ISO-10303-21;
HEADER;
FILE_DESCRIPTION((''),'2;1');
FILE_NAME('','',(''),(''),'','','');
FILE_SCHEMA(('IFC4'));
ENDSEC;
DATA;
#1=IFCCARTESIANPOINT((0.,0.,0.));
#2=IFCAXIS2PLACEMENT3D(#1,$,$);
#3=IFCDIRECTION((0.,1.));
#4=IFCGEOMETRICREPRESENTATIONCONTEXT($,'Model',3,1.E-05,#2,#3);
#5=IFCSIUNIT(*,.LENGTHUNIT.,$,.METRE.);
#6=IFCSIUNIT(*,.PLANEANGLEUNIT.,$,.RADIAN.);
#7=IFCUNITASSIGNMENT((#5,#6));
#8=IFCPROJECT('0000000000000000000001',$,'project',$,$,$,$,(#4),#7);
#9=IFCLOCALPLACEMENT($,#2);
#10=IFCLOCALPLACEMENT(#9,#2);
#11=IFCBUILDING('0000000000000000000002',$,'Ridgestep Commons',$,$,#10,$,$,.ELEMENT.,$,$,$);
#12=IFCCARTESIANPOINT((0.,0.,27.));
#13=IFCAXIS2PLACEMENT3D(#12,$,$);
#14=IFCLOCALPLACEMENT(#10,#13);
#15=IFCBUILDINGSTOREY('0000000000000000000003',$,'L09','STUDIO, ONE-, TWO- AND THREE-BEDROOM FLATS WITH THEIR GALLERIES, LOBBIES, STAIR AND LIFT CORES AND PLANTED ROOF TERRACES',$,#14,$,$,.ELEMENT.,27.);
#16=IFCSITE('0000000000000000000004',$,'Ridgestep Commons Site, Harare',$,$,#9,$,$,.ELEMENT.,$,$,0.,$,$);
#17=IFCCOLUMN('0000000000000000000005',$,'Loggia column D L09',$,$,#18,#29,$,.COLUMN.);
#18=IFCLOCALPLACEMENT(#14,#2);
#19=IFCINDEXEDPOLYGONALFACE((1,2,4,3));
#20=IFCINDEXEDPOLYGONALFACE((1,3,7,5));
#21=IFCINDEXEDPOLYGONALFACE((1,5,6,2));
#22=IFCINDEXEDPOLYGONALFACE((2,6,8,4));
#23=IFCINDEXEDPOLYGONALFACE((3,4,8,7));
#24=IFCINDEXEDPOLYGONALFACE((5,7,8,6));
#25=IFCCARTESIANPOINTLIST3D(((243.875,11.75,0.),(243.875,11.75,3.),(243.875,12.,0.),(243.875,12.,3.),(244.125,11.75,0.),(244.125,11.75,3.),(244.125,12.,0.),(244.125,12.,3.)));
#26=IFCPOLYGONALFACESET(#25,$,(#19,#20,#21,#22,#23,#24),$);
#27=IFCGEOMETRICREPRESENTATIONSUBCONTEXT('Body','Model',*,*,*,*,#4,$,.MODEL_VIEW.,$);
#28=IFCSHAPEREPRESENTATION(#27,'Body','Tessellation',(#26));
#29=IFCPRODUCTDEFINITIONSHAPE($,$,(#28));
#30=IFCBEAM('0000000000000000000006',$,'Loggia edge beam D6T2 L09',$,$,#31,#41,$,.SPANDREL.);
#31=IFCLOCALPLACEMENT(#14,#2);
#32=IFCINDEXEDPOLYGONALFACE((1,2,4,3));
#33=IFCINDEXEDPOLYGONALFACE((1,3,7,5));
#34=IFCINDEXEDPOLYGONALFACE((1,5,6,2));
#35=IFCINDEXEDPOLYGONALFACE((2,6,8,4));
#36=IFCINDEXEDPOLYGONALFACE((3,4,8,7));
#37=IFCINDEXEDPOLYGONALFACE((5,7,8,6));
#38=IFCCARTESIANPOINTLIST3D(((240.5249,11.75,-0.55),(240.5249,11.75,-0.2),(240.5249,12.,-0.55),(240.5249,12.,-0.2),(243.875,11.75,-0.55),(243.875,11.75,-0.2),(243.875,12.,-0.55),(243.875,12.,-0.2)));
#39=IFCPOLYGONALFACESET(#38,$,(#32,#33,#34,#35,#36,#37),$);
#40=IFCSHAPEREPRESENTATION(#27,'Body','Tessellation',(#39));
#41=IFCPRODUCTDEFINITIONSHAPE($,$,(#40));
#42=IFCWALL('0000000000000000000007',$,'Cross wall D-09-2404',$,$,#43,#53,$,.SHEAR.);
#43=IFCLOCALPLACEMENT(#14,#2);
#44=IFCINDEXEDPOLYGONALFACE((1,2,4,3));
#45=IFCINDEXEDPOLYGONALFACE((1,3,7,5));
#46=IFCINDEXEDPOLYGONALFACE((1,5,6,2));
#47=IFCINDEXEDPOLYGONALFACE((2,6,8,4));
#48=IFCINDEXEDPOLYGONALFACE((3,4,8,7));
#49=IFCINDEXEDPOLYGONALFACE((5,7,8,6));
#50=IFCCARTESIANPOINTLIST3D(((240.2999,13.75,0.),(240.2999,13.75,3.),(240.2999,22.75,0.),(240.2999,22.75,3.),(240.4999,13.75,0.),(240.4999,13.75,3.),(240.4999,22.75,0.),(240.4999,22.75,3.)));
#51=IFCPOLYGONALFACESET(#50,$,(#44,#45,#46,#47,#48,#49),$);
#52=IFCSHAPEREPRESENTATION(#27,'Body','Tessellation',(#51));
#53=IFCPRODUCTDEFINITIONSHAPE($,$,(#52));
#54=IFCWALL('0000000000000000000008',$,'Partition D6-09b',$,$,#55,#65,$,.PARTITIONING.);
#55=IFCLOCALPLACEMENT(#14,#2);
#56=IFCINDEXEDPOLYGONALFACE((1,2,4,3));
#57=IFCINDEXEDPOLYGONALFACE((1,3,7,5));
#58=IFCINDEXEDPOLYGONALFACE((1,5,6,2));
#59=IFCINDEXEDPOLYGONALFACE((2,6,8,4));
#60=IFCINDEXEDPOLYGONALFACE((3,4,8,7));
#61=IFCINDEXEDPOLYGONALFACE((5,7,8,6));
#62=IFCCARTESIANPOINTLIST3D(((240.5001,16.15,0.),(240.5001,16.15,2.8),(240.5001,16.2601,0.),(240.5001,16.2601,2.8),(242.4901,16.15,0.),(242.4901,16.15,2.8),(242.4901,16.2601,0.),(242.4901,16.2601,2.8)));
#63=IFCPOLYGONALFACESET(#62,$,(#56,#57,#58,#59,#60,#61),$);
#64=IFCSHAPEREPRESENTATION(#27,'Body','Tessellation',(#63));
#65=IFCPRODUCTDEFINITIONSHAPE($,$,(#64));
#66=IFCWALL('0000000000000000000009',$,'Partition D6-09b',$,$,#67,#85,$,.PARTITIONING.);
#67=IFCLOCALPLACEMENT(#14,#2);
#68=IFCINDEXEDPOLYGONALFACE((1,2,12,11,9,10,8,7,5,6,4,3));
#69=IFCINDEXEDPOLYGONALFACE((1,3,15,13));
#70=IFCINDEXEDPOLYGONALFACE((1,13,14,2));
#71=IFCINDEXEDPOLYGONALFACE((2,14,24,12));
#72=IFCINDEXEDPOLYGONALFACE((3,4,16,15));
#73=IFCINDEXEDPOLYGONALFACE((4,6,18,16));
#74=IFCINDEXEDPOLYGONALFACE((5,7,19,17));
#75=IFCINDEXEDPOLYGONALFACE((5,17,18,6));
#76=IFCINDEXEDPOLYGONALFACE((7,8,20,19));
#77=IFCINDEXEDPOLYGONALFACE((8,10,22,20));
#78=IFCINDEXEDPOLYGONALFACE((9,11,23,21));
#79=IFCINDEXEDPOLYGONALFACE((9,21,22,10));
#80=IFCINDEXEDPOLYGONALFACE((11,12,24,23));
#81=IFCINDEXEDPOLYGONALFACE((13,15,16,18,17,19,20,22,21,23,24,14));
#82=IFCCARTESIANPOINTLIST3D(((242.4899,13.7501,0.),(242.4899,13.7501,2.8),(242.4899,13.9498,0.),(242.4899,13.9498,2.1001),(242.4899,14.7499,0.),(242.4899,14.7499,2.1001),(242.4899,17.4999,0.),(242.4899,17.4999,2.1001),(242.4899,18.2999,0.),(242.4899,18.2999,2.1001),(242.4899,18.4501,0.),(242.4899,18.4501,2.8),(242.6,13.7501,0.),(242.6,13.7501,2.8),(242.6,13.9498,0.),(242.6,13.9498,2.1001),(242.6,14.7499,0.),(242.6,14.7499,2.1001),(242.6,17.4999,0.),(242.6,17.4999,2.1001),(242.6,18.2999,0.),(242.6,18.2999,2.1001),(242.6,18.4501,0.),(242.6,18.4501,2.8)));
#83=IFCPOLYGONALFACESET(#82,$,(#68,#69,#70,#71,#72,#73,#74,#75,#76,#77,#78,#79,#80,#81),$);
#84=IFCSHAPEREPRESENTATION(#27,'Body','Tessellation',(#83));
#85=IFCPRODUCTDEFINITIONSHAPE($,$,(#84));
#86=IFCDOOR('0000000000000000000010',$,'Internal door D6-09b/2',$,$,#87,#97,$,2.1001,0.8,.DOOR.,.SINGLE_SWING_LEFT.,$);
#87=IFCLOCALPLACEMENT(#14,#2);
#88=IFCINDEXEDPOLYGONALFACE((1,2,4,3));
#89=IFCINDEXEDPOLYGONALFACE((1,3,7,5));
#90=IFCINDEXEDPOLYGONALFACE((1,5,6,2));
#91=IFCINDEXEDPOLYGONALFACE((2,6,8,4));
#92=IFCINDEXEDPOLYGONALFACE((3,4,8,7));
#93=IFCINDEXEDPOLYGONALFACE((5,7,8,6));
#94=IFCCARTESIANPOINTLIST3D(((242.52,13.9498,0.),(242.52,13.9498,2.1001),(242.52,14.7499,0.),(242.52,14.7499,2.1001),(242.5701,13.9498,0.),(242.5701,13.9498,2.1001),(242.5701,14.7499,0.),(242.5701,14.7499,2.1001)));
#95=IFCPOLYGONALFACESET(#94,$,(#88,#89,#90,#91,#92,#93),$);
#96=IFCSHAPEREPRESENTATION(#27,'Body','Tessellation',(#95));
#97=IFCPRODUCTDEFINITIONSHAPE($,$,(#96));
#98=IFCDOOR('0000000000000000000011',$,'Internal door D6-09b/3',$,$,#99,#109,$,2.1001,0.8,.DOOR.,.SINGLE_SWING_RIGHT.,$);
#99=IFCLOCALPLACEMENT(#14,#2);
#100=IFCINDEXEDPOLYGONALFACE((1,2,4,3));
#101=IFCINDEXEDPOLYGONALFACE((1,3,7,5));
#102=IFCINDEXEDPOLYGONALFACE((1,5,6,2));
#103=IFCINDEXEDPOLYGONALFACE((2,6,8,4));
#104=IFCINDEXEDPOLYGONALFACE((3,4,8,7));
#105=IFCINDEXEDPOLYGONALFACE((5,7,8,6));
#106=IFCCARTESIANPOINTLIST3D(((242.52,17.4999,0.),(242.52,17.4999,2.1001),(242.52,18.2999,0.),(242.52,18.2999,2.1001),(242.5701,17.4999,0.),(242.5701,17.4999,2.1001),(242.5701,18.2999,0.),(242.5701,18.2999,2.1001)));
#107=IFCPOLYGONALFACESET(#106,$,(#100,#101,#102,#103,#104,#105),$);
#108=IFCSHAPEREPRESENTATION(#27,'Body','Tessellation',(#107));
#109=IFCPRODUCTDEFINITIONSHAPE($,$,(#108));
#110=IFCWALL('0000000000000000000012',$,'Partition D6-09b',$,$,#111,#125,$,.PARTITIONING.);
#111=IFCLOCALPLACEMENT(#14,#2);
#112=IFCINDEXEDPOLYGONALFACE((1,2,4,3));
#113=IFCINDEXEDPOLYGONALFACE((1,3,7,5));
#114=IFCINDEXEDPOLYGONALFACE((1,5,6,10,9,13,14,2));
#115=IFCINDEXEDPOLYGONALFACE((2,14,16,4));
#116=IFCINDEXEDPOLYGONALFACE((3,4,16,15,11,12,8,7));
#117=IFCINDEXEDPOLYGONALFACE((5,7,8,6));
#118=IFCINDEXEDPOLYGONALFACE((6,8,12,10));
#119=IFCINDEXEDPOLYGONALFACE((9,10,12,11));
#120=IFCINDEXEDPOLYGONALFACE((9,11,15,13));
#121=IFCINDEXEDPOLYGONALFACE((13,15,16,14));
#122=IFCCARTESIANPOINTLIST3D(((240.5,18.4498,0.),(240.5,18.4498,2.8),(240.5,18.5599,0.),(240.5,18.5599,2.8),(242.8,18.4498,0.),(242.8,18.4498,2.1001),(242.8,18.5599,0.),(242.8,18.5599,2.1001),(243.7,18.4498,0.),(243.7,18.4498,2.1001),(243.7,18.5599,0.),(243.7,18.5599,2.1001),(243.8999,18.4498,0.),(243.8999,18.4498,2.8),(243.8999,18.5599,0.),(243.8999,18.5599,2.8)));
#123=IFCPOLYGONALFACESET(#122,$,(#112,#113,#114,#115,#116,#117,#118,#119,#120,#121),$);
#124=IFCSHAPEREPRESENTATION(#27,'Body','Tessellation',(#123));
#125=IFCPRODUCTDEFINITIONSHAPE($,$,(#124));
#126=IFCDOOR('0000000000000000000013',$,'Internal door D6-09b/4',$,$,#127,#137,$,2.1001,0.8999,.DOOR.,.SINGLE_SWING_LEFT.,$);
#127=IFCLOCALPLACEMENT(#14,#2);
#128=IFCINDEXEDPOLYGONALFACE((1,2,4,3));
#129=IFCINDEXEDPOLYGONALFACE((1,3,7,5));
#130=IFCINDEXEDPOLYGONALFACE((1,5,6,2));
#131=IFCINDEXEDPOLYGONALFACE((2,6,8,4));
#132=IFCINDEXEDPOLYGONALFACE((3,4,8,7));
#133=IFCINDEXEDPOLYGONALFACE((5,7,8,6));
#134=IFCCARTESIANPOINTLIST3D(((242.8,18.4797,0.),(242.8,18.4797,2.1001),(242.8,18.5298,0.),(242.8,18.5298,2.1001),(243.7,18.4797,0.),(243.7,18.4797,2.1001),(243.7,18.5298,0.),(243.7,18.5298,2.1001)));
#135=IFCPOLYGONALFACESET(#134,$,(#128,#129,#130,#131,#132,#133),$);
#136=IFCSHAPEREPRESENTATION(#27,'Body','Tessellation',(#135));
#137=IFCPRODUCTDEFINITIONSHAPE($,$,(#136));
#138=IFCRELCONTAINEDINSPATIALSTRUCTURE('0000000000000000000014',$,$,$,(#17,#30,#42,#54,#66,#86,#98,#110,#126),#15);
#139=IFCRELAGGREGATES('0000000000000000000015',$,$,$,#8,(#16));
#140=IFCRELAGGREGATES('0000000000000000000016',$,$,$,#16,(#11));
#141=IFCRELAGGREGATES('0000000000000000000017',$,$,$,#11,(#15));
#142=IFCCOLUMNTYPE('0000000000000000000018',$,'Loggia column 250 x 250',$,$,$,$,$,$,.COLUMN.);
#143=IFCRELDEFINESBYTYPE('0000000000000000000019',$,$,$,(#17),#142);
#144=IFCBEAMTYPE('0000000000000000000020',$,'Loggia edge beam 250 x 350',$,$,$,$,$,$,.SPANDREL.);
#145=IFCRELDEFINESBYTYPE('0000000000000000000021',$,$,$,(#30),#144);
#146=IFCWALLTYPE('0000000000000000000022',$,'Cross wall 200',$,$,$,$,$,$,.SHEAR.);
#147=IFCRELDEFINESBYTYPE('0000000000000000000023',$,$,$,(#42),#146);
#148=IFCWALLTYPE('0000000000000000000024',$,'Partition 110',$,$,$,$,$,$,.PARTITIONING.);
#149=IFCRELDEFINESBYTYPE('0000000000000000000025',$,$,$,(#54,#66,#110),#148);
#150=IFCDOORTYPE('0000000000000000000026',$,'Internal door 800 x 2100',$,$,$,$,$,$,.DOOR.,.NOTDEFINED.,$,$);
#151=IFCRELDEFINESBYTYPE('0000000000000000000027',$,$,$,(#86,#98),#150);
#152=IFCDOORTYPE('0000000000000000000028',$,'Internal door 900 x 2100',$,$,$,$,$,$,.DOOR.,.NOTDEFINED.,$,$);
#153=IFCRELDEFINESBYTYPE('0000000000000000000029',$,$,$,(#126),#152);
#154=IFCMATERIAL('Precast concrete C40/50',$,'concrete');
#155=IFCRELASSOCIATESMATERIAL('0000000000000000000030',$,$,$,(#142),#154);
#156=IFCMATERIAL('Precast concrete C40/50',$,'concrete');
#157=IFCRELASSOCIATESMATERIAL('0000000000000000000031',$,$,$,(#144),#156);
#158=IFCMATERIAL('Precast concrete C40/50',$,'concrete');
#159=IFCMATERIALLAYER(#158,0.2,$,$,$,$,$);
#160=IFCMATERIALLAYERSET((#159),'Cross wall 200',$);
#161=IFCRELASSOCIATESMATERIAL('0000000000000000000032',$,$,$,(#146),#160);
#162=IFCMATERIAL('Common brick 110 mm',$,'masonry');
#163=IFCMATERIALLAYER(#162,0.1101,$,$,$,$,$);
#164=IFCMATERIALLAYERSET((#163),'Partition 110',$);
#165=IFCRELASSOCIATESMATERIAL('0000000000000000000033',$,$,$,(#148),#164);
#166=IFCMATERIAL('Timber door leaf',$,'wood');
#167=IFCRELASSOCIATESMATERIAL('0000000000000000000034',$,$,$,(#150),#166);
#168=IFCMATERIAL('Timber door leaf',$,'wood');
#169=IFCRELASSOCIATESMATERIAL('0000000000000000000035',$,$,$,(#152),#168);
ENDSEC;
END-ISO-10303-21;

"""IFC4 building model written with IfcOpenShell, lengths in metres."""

from ifc_helpers import new_model, si_unit, direction, frame, frame_2d, origin, origin_2d, place, context, subcontext, project, spatial, rectangle, extrude, material, layer, layer_set, material_profile, profile_set, type_object, element, fill, save


model = new_model("IFC4")

# Units and contexts
model_context = context("Model", 3, precision=1e-05, world=origin(), true_north=direction((0.0, 1.0)))
body_context = subcontext(model_context, "Body", "Model", "MODEL_VIEW")
ifc_project = project(units=[si_unit("LENGTHUNIT", "METRE"), si_unit("PLANEANGLEUNIT", "RADIAN")], contexts=[model_context])

# Site, building, storey
site_placement = place(None, origin())
site = spatial("IfcSite", under=ifc_project, at=site_placement, Name="Ridgestep Commons Site, Harare", CompositionType="ELEMENT", RefElevation=0.0)
building_placement = place(site_placement, origin())
building = spatial("IfcBuilding", under=site, at=building_placement, Name="Ridgestep Commons", CompositionType="ELEMENT")
storey_placement = place(building_placement, frame((0.0, 0.0, 27.0)))
storey = spatial("IfcBuildingStorey", under=building, at=storey_placement, Name="L09", Description="STUDIO, ONE-, TWO- AND THREE-BEDROOM FLATS WITH THEIR GALLERIES, LOBBIES, STAIR AND LIFT CORES AND PLANTED ROOF TERRACES", CompositionType="ELEMENT", Elevation=27.0)

# Column
ifc_material_1 = material(Name="Precast concrete C40/50", Category="concrete")
ifc_material_profile_1 = material_profile(ifc_material_1, rectangle(XDim=0.25, YDim=0.25, at=origin_2d()), Name="PC 250x250")
ifc_profile_set_1 = profile_set([ifc_material_profile_1], Name="Precast concrete C40/50")
column_type = type_object("IfcColumnType", Name="Loggia column 250 x 250", PredefinedType="COLUMN", material=ifc_profile_set_1)
column_placement = place(storey_placement, frame((244.0, 11.875, 0.0), z_axis=(0.0, 0.0, 1.0), x_axis=(1.0, 0.0, 0.0)))
element("IfcColumn", 1, at=column_placement, inside=storey, type_object=column_type, Name="Loggia column D L09", PredefinedType="COLUMN", context=body_context, shape_type="SweptSolid", body=[
    extrude(rectangle(XDim=0.25, YDim=0.25, at=origin_2d()), origin(), (0.0, 0.0, 1.0), 3.0),
])

# Beam
ifc_material_2 = material(Name="Precast concrete C40/50", Category="concrete")
ifc_material_profile_2 = material_profile(ifc_material_2, rectangle(XDim=0.25, YDim=0.3501, at=origin_2d()), Name="PC 250x350")
ifc_profile_set_2 = profile_set([ifc_material_profile_2], Name="Precast concrete C40/50")
beam_type = type_object("IfcBeamType", Name="Loggia edge beam 250 x 350", PredefinedType="SPANDREL", material=ifc_profile_set_2)
beam_placement = place(storey_placement, frame((240.5249, 11.875, -0.375), z_axis=(1.0, 0.0, 0.0), x_axis=(0.0, 1.0, 0.0)))
element("IfcBeam", 2, at=beam_placement, inside=storey, type_object=beam_type, Name="Loggia edge beam D6T2 L09", PredefinedType="SPANDREL", context=body_context, shape_type="SweptSolid", body=[
    extrude(rectangle(XDim=0.25, YDim=0.3501, at=origin_2d()), origin(), (0.0, 0.0, 1.0), 3.3501),
])

# Walls
ifc_material_3 = material(Name="Precast concrete C40/50", Category="concrete")
ifc_layer_1 = layer(ifc_material_3, 0.2)
ifc_layer_set_1 = layer_set([ifc_layer_1], Name="Cross wall 200")
wall_type_1 = type_object("IfcWallType", Name="Cross wall 200", PredefinedType="SHEAR", material=ifc_layer_set_1)
wall_1_placement = place(storey_placement, frame((240.3999, 13.75, 0.0), z_axis=(0.0, 0.0, 1.0), x_axis=(0.0, 1.0, 0.0)))
element("IfcWall", 3, at=wall_1_placement, inside=storey, type_object=wall_type_1, Name="Cross wall D-09-2404", PredefinedType="SHEAR", context=body_context, shape_type="SweptSolid", body=[
    extrude(rectangle(XDim=9.0, YDim=0.2, at=frame_2d((4.5, 0.0))), origin(), (0.0, 0.0, 1.0), 3.0),
])
ifc_material_4 = material(Name="Common brick 110 mm", Category="masonry")
ifc_layer_2 = layer(ifc_material_4, 0.1101)
ifc_layer_set_2 = layer_set([ifc_layer_2], Name="Partition 110")
wall_type_2 = type_object("IfcWallType", Name="Partition 110", PredefinedType="PARTITIONING", material=ifc_layer_set_2)
wall_2_placement = place(storey_placement, frame((240.5, 16.2051, 0.0), z_axis=(0.0, 0.0, 1.0), x_axis=(1.0, 0.0, 0.0)))
element("IfcWall", 4, at=wall_2_placement, inside=storey, type_object=wall_type_2, Name="Partition D6-09b", PredefinedType="PARTITIONING", context=body_context, shape_type="SweptSolid", body=[
    extrude(rectangle(XDim=1.99, YDim=0.1101, at=frame_2d((0.9951, 0.0))), origin(), (0.0, 0.0, 1.0), 2.8),
])

# Wall, openings, doors
wall_3_placement = place(storey_placement, frame((242.5449, 13.75, 0.0), z_axis=(0.0, 0.0, 1.0), x_axis=(0.0, 1.0, 0.0)))
wall_3 = element("IfcWall", 5, at=wall_3_placement, inside=storey, type_object=wall_type_2, Name="Partition D6-09b", PredefinedType="PARTITIONING", context=body_context, shape_type="SweptSolid", body=[
    extrude(rectangle(XDim=4.7, YDim=0.1101, at=frame_2d((2.3501, 0.0))), origin(), (0.0, 0.0, 1.0), 2.8),
])
opening_1_placement = place(wall_3_placement, frame((0.2, 0.0, 0.0)))
opening_1 = element("IfcOpeningElement", 6, at=opening_1_placement, cuts=wall_3, PredefinedType="OPENING", context=body_context, shape_type="SweptSolid", body=[
    extrude(rectangle(XDim=0.8, YDim=2.1001, at=frame_2d((0.3999, 1.05))), frame((0.0, 0.0649, 0.0), z_axis=(0.0, -1.0, 0.0), x_axis=(1.0, 0.0, 0.0)), (0.0, 0.0, 1.0), 0.1301),
])
opening_2_placement = place(wall_3_placement, frame((3.75, 0.0, 0.0)))
opening_2 = element("IfcOpeningElement", 7, at=opening_2_placement, cuts=wall_3, PredefinedType="OPENING", context=body_context, shape_type="SweptSolid", body=[
    extrude(rectangle(XDim=0.8, YDim=2.1001, at=frame_2d((0.3999, 1.05))), frame((0.0, 0.0649, 0.0), z_axis=(0.0, -1.0, 0.0), x_axis=(1.0, 0.0, 0.0)), (0.0, 0.0, 1.0), 0.1301),
])
ifc_material_5 = material(Name="Timber door leaf", Category="wood")
door_type_1 = type_object("IfcDoorType", Name="Internal door 800 x 2100", OperationType="NOTDEFINED", PredefinedType="DOOR", material=ifc_material_5)
door_1_placement = place(opening_1_placement, origin())
door_1 = element("IfcDoor", 8, at=door_1_placement, inside=storey, type_object=door_type_1, Name="Internal door D6-09b/2", OperationType="SINGLE_SWING_LEFT", OverallHeight=2.1001, OverallWidth=0.8, PredefinedType="DOOR", context=body_context, shape_type="SweptSolid", body=[
    extrude(rectangle(XDim=0.8, YDim=2.1001, at=frame_2d((0.3999, 1.05))), frame((0.0, 0.0249, 0.0), z_axis=(0.0, -1.0, 0.0), x_axis=(1.0, 0.0, 0.0)), (0.0, 0.0, 1.0), 0.05),
])
fill(opening_1, door_1)
door_2_placement = place(opening_2_placement, origin())
door_2 = element("IfcDoor", 9, at=door_2_placement, inside=storey, type_object=door_type_1, Name="Internal door D6-09b/3", OperationType="SINGLE_SWING_RIGHT", OverallHeight=2.1001, OverallWidth=0.8, PredefinedType="DOOR", context=body_context, shape_type="SweptSolid", body=[
    extrude(rectangle(XDim=0.8, YDim=2.1001, at=frame_2d((0.3999, 1.05))), frame((0.0, 0.0249, 0.0), z_axis=(0.0, -1.0, 0.0), x_axis=(1.0, 0.0, 0.0)), (0.0, 0.0, 1.0), 0.05),
])
fill(opening_2, door_2)

# Wall, opening, door
wall_4_placement = place(storey_placement, frame((240.5, 18.5049, 0.0), z_axis=(0.0, 0.0, 1.0), x_axis=(1.0, 0.0, 0.0)))
wall_4 = element("IfcWall", 10, at=wall_4_placement, inside=storey, type_object=wall_type_2, Name="Partition D6-09b", PredefinedType="PARTITIONING", context=body_context, shape_type="SweptSolid", body=[
    extrude(rectangle(XDim=3.3999, YDim=0.1101, at=frame_2d((1.7, 0.0))), origin(), (0.0, 0.0, 1.0), 2.8),
])
opening_3_placement = place(wall_4_placement, frame((2.3, 0.0, 0.0)))
opening_3 = element("IfcOpeningElement", 11, at=opening_3_placement, cuts=wall_4, PredefinedType="OPENING", context=body_context, shape_type="SweptSolid", body=[
    extrude(rectangle(XDim=0.8999, YDim=2.1001, at=frame_2d((0.45, 1.05))), frame((0.0, 0.0649, 0.0), z_axis=(0.0, -1.0, 0.0), x_axis=(1.0, 0.0, 0.0)), (0.0, 0.0, 1.0), 0.1301),
])
ifc_material_6 = material(Name="Timber door leaf", Category="wood")
door_type_2 = type_object("IfcDoorType", Name="Internal door 900 x 2100", OperationType="NOTDEFINED", PredefinedType="DOOR", material=ifc_material_6)
door_3_placement = place(opening_3_placement, origin())
door_3 = element("IfcDoor", 12, at=door_3_placement, inside=storey, type_object=door_type_2, Name="Internal door D6-09b/4", OperationType="SINGLE_SWING_LEFT", OverallHeight=2.1001, OverallWidth=0.8999, PredefinedType="DOOR", context=body_context, shape_type="SweptSolid", body=[
    extrude(rectangle(XDim=0.8999, YDim=2.1001, at=frame_2d((0.45, 1.05))), frame((0.0, 0.0249, 0.0), z_axis=(0.0, -1.0, 0.0), x_axis=(1.0, 0.0, 0.0)), (0.0, 0.0, 1.0), 0.05),
])
fill(opening_3, door_3)

save(model, "model.ifc")
